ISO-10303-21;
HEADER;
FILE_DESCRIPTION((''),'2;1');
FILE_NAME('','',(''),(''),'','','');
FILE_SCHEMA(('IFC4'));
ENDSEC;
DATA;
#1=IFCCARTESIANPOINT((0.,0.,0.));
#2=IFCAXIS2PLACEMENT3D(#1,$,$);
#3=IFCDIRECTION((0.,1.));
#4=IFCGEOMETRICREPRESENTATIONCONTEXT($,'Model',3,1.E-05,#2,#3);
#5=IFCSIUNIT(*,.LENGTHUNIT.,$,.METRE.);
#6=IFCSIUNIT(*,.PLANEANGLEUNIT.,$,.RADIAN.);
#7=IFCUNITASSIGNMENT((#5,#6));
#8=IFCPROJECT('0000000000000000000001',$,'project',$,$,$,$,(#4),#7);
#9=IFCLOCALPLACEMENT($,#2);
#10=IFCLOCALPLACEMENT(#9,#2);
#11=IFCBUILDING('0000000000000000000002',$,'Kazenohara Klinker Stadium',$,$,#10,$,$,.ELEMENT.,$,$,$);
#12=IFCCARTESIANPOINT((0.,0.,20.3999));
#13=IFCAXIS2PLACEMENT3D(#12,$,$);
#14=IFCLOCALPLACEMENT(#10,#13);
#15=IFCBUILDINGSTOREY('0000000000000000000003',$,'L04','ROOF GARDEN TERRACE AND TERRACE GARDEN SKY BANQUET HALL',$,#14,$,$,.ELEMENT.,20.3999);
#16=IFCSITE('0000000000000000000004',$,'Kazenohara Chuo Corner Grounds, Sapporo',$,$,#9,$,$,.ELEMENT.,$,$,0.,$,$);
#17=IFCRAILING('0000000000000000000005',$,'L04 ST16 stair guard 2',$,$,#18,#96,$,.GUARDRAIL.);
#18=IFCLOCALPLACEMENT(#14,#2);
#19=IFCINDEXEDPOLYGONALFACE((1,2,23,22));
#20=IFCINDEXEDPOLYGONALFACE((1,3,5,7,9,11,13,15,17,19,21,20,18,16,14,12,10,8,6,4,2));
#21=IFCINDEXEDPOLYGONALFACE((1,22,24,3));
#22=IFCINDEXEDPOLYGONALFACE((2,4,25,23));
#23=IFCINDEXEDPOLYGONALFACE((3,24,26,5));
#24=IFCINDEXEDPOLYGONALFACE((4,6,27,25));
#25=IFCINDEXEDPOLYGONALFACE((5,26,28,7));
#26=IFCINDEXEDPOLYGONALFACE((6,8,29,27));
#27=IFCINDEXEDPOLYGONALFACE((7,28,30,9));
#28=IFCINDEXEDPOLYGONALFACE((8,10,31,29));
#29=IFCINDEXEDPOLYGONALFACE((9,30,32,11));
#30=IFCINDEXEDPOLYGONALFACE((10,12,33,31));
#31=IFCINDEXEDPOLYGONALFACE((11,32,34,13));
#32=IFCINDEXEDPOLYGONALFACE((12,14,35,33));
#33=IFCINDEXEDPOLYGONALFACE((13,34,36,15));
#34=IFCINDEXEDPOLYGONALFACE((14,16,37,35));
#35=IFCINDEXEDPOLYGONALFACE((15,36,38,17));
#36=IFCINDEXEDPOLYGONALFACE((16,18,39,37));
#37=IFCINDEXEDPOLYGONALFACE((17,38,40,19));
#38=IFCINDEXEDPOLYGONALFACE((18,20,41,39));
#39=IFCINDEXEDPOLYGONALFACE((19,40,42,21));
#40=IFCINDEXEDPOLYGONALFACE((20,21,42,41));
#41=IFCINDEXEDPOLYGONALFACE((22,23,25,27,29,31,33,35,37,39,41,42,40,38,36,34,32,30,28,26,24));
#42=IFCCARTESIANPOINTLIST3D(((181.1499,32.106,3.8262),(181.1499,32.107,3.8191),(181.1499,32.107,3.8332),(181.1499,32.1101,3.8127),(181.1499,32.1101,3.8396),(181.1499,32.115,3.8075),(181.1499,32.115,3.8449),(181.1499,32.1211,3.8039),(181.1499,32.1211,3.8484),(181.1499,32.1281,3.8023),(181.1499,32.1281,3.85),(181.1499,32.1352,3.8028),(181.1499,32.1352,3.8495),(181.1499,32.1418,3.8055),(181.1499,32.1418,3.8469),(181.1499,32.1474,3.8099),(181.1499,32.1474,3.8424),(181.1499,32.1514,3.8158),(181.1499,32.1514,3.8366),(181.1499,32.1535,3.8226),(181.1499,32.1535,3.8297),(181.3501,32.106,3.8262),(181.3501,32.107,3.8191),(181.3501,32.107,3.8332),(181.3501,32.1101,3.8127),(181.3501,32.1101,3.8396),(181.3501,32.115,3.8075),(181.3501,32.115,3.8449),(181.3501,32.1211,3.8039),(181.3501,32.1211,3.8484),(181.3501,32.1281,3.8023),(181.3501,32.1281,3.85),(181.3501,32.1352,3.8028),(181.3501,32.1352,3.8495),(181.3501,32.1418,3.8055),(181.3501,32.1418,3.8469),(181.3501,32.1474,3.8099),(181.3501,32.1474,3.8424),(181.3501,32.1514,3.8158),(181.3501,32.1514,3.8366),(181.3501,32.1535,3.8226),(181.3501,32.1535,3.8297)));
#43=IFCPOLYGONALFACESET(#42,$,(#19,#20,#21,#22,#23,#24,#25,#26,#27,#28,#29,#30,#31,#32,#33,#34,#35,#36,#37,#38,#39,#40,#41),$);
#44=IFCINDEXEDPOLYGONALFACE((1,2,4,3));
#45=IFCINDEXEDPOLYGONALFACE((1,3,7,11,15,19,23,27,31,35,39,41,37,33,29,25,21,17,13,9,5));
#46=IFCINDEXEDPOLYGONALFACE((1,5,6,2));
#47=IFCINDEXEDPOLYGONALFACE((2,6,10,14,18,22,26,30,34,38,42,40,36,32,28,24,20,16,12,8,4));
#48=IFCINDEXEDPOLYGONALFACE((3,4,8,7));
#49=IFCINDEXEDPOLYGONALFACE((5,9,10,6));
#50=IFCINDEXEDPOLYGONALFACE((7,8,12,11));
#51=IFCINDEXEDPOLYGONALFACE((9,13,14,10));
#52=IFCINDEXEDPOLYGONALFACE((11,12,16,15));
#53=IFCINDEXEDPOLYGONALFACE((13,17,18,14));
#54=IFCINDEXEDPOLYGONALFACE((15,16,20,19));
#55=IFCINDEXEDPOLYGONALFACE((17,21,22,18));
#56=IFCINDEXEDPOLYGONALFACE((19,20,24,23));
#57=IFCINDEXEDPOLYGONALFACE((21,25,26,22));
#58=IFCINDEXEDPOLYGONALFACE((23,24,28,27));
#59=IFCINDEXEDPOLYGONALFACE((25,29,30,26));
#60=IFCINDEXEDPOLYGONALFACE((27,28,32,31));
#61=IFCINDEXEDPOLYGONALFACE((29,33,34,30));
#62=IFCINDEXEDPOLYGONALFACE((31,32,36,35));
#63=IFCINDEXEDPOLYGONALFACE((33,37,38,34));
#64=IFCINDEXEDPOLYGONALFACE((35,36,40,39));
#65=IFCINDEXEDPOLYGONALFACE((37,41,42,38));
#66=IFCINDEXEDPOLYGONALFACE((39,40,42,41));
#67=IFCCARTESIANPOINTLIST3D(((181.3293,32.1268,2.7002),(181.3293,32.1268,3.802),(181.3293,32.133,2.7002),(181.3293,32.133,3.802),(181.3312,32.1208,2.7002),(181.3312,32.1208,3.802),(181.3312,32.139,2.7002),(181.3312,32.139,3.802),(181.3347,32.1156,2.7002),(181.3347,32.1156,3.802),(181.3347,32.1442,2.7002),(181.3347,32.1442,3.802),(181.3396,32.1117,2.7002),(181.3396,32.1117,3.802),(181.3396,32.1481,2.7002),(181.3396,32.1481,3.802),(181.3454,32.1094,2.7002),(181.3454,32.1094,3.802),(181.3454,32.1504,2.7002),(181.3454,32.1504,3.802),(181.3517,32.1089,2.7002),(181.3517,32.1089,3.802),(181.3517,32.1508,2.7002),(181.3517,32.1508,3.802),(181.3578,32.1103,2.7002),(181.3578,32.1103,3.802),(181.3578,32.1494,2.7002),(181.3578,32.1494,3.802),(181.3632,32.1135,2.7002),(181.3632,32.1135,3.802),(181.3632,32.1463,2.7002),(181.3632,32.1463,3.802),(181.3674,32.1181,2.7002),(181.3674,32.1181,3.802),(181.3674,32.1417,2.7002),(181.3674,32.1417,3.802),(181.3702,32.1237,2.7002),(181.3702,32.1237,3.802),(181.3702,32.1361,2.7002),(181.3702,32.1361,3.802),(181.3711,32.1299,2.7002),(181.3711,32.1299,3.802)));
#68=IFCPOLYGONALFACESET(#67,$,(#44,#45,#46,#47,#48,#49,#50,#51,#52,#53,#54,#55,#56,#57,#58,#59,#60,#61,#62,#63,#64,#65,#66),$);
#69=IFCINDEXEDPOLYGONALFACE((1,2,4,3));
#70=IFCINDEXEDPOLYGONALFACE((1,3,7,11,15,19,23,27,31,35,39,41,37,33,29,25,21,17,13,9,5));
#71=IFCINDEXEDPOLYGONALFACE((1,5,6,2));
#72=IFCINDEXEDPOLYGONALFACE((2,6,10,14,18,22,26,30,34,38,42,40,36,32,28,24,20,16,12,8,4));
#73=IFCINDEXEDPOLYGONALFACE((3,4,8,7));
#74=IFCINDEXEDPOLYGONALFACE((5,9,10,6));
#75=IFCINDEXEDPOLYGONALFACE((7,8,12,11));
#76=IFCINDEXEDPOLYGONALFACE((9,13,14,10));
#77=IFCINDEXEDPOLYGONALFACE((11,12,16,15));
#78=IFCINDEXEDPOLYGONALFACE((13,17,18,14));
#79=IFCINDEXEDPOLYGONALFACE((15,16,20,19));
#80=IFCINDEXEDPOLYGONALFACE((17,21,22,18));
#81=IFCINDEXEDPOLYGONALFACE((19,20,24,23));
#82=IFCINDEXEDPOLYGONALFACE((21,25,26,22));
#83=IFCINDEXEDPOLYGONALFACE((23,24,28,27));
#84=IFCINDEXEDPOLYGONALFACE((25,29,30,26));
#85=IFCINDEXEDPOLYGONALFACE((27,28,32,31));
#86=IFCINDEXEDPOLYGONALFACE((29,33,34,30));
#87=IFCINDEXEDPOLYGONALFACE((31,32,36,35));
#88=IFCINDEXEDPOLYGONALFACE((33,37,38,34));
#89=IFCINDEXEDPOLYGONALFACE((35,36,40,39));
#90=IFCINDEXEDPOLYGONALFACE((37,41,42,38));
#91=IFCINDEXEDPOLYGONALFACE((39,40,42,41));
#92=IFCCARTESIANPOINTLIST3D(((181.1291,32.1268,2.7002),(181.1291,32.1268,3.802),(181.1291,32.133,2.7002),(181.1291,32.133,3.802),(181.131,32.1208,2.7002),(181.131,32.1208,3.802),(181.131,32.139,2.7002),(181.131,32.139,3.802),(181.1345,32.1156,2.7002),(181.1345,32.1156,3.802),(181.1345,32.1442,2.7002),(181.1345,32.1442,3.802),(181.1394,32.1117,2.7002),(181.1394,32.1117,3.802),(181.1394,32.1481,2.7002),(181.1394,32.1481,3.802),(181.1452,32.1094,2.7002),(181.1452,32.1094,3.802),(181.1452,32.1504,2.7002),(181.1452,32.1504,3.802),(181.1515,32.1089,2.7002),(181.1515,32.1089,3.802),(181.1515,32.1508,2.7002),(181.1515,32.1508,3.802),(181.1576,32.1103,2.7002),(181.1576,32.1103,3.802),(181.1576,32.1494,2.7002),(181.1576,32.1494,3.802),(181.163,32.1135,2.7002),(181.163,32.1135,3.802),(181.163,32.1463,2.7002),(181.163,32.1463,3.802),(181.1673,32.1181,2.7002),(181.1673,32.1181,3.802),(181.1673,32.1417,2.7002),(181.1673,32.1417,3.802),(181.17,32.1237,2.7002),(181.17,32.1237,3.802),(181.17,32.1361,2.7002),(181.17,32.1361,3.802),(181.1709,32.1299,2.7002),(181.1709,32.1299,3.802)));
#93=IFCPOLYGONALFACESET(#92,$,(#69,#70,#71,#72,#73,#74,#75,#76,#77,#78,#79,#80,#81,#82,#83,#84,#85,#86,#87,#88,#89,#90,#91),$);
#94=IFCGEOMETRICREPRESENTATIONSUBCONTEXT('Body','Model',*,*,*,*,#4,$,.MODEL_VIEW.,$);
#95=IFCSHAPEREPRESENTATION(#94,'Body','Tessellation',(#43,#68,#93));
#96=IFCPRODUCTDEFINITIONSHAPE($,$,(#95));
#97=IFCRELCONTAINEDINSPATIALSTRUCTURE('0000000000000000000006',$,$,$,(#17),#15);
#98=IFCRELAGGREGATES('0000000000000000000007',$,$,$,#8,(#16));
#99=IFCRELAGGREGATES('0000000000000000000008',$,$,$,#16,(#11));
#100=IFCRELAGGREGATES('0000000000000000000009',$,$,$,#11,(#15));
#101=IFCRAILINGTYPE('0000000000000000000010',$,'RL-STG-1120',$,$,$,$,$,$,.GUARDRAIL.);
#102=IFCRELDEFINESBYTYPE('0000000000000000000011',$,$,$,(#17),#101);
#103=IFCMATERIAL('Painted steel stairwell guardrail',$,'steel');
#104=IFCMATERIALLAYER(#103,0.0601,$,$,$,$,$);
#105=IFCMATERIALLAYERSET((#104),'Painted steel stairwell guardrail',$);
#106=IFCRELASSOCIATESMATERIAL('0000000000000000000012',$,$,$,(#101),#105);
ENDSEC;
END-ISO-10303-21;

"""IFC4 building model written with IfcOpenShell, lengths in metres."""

from ifc_helpers import new_model, si_unit, direction, frame, origin, origin_2d, place, context, subcontext, project, spatial, circle, extrude, material, layer, layer_set, type_object, element, save


model = new_model("IFC4")

# Units and contexts
model_context = context("Model", 3, precision=1e-05, world=origin(), true_north=direction((0.0, 1.0)))
body_context = subcontext(model_context, "Body", "Model", "MODEL_VIEW")
ifc_project = project(units=[si_unit("LENGTHUNIT", "METRE"), si_unit("PLANEANGLEUNIT", "RADIAN")], contexts=[model_context])

# Site, building, storey
site_placement = place(None, origin())
site = spatial("IfcSite", under=ifc_project, at=site_placement, Name="Kazenohara Chuo Corner Grounds, Sapporo", CompositionType="ELEMENT", RefElevation=0.0)
building_placement = place(site_placement, origin())
building = spatial("IfcBuilding", under=site, at=building_placement, Name="Kazenohara Klinker Stadium", CompositionType="ELEMENT")
storey_placement = place(building_placement, frame((0.0, 0.0, 20.3999)))
storey = spatial("IfcBuildingStorey", under=building, at=storey_placement, Name="L04", Description="ROOF GARDEN TERRACE AND TERRACE GARDEN SKY BANQUET HALL", CompositionType="ELEMENT", Elevation=20.3999)

# Railing
ifc_material_1 = material(Name="Painted steel stairwell guardrail", Category="steel")
ifc_layer_1 = layer(ifc_material_1, 0.0601)
ifc_layer_set_1 = layer_set([ifc_layer_1], Name="Painted steel stairwell guardrail")
railing_type_1 = type_object("IfcRailingType", Name="RL-STG-1120", PredefinedType="GUARDRAIL", material=ifc_layer_set_1)
railing_1_placement = place(storey_placement, frame((181.3501, 32.1299, 2.7002)))
element("IfcRailing", 1, at=railing_1_placement, inside=storey, type_object=railing_type_1, Name="L04 ST16 stair guard 2", PredefinedType="GUARDRAIL", context=body_context, shape_type="SweptSolid", body=[
    extrude(circle(Radius=0.0239, at=origin_2d()), frame((0.0, 0.0, 1.126), z_axis=(-1.0, 0.0, 0.0), x_axis=(0.0, -1.0, 0.0)), (0.0, 0.0, 1.0), 0.2002),
    extrude(circle(Radius=0.021, at=origin_2d()), origin(), (0.0, 0.0, 1.0), 1.1018),
    extrude(circle(Radius=0.021, at=origin_2d()), frame((-0.2002, 0.0, 0.0)), (0.0, 0.0, 1.0), 1.1018),
])

save(model, "model.ifc")
